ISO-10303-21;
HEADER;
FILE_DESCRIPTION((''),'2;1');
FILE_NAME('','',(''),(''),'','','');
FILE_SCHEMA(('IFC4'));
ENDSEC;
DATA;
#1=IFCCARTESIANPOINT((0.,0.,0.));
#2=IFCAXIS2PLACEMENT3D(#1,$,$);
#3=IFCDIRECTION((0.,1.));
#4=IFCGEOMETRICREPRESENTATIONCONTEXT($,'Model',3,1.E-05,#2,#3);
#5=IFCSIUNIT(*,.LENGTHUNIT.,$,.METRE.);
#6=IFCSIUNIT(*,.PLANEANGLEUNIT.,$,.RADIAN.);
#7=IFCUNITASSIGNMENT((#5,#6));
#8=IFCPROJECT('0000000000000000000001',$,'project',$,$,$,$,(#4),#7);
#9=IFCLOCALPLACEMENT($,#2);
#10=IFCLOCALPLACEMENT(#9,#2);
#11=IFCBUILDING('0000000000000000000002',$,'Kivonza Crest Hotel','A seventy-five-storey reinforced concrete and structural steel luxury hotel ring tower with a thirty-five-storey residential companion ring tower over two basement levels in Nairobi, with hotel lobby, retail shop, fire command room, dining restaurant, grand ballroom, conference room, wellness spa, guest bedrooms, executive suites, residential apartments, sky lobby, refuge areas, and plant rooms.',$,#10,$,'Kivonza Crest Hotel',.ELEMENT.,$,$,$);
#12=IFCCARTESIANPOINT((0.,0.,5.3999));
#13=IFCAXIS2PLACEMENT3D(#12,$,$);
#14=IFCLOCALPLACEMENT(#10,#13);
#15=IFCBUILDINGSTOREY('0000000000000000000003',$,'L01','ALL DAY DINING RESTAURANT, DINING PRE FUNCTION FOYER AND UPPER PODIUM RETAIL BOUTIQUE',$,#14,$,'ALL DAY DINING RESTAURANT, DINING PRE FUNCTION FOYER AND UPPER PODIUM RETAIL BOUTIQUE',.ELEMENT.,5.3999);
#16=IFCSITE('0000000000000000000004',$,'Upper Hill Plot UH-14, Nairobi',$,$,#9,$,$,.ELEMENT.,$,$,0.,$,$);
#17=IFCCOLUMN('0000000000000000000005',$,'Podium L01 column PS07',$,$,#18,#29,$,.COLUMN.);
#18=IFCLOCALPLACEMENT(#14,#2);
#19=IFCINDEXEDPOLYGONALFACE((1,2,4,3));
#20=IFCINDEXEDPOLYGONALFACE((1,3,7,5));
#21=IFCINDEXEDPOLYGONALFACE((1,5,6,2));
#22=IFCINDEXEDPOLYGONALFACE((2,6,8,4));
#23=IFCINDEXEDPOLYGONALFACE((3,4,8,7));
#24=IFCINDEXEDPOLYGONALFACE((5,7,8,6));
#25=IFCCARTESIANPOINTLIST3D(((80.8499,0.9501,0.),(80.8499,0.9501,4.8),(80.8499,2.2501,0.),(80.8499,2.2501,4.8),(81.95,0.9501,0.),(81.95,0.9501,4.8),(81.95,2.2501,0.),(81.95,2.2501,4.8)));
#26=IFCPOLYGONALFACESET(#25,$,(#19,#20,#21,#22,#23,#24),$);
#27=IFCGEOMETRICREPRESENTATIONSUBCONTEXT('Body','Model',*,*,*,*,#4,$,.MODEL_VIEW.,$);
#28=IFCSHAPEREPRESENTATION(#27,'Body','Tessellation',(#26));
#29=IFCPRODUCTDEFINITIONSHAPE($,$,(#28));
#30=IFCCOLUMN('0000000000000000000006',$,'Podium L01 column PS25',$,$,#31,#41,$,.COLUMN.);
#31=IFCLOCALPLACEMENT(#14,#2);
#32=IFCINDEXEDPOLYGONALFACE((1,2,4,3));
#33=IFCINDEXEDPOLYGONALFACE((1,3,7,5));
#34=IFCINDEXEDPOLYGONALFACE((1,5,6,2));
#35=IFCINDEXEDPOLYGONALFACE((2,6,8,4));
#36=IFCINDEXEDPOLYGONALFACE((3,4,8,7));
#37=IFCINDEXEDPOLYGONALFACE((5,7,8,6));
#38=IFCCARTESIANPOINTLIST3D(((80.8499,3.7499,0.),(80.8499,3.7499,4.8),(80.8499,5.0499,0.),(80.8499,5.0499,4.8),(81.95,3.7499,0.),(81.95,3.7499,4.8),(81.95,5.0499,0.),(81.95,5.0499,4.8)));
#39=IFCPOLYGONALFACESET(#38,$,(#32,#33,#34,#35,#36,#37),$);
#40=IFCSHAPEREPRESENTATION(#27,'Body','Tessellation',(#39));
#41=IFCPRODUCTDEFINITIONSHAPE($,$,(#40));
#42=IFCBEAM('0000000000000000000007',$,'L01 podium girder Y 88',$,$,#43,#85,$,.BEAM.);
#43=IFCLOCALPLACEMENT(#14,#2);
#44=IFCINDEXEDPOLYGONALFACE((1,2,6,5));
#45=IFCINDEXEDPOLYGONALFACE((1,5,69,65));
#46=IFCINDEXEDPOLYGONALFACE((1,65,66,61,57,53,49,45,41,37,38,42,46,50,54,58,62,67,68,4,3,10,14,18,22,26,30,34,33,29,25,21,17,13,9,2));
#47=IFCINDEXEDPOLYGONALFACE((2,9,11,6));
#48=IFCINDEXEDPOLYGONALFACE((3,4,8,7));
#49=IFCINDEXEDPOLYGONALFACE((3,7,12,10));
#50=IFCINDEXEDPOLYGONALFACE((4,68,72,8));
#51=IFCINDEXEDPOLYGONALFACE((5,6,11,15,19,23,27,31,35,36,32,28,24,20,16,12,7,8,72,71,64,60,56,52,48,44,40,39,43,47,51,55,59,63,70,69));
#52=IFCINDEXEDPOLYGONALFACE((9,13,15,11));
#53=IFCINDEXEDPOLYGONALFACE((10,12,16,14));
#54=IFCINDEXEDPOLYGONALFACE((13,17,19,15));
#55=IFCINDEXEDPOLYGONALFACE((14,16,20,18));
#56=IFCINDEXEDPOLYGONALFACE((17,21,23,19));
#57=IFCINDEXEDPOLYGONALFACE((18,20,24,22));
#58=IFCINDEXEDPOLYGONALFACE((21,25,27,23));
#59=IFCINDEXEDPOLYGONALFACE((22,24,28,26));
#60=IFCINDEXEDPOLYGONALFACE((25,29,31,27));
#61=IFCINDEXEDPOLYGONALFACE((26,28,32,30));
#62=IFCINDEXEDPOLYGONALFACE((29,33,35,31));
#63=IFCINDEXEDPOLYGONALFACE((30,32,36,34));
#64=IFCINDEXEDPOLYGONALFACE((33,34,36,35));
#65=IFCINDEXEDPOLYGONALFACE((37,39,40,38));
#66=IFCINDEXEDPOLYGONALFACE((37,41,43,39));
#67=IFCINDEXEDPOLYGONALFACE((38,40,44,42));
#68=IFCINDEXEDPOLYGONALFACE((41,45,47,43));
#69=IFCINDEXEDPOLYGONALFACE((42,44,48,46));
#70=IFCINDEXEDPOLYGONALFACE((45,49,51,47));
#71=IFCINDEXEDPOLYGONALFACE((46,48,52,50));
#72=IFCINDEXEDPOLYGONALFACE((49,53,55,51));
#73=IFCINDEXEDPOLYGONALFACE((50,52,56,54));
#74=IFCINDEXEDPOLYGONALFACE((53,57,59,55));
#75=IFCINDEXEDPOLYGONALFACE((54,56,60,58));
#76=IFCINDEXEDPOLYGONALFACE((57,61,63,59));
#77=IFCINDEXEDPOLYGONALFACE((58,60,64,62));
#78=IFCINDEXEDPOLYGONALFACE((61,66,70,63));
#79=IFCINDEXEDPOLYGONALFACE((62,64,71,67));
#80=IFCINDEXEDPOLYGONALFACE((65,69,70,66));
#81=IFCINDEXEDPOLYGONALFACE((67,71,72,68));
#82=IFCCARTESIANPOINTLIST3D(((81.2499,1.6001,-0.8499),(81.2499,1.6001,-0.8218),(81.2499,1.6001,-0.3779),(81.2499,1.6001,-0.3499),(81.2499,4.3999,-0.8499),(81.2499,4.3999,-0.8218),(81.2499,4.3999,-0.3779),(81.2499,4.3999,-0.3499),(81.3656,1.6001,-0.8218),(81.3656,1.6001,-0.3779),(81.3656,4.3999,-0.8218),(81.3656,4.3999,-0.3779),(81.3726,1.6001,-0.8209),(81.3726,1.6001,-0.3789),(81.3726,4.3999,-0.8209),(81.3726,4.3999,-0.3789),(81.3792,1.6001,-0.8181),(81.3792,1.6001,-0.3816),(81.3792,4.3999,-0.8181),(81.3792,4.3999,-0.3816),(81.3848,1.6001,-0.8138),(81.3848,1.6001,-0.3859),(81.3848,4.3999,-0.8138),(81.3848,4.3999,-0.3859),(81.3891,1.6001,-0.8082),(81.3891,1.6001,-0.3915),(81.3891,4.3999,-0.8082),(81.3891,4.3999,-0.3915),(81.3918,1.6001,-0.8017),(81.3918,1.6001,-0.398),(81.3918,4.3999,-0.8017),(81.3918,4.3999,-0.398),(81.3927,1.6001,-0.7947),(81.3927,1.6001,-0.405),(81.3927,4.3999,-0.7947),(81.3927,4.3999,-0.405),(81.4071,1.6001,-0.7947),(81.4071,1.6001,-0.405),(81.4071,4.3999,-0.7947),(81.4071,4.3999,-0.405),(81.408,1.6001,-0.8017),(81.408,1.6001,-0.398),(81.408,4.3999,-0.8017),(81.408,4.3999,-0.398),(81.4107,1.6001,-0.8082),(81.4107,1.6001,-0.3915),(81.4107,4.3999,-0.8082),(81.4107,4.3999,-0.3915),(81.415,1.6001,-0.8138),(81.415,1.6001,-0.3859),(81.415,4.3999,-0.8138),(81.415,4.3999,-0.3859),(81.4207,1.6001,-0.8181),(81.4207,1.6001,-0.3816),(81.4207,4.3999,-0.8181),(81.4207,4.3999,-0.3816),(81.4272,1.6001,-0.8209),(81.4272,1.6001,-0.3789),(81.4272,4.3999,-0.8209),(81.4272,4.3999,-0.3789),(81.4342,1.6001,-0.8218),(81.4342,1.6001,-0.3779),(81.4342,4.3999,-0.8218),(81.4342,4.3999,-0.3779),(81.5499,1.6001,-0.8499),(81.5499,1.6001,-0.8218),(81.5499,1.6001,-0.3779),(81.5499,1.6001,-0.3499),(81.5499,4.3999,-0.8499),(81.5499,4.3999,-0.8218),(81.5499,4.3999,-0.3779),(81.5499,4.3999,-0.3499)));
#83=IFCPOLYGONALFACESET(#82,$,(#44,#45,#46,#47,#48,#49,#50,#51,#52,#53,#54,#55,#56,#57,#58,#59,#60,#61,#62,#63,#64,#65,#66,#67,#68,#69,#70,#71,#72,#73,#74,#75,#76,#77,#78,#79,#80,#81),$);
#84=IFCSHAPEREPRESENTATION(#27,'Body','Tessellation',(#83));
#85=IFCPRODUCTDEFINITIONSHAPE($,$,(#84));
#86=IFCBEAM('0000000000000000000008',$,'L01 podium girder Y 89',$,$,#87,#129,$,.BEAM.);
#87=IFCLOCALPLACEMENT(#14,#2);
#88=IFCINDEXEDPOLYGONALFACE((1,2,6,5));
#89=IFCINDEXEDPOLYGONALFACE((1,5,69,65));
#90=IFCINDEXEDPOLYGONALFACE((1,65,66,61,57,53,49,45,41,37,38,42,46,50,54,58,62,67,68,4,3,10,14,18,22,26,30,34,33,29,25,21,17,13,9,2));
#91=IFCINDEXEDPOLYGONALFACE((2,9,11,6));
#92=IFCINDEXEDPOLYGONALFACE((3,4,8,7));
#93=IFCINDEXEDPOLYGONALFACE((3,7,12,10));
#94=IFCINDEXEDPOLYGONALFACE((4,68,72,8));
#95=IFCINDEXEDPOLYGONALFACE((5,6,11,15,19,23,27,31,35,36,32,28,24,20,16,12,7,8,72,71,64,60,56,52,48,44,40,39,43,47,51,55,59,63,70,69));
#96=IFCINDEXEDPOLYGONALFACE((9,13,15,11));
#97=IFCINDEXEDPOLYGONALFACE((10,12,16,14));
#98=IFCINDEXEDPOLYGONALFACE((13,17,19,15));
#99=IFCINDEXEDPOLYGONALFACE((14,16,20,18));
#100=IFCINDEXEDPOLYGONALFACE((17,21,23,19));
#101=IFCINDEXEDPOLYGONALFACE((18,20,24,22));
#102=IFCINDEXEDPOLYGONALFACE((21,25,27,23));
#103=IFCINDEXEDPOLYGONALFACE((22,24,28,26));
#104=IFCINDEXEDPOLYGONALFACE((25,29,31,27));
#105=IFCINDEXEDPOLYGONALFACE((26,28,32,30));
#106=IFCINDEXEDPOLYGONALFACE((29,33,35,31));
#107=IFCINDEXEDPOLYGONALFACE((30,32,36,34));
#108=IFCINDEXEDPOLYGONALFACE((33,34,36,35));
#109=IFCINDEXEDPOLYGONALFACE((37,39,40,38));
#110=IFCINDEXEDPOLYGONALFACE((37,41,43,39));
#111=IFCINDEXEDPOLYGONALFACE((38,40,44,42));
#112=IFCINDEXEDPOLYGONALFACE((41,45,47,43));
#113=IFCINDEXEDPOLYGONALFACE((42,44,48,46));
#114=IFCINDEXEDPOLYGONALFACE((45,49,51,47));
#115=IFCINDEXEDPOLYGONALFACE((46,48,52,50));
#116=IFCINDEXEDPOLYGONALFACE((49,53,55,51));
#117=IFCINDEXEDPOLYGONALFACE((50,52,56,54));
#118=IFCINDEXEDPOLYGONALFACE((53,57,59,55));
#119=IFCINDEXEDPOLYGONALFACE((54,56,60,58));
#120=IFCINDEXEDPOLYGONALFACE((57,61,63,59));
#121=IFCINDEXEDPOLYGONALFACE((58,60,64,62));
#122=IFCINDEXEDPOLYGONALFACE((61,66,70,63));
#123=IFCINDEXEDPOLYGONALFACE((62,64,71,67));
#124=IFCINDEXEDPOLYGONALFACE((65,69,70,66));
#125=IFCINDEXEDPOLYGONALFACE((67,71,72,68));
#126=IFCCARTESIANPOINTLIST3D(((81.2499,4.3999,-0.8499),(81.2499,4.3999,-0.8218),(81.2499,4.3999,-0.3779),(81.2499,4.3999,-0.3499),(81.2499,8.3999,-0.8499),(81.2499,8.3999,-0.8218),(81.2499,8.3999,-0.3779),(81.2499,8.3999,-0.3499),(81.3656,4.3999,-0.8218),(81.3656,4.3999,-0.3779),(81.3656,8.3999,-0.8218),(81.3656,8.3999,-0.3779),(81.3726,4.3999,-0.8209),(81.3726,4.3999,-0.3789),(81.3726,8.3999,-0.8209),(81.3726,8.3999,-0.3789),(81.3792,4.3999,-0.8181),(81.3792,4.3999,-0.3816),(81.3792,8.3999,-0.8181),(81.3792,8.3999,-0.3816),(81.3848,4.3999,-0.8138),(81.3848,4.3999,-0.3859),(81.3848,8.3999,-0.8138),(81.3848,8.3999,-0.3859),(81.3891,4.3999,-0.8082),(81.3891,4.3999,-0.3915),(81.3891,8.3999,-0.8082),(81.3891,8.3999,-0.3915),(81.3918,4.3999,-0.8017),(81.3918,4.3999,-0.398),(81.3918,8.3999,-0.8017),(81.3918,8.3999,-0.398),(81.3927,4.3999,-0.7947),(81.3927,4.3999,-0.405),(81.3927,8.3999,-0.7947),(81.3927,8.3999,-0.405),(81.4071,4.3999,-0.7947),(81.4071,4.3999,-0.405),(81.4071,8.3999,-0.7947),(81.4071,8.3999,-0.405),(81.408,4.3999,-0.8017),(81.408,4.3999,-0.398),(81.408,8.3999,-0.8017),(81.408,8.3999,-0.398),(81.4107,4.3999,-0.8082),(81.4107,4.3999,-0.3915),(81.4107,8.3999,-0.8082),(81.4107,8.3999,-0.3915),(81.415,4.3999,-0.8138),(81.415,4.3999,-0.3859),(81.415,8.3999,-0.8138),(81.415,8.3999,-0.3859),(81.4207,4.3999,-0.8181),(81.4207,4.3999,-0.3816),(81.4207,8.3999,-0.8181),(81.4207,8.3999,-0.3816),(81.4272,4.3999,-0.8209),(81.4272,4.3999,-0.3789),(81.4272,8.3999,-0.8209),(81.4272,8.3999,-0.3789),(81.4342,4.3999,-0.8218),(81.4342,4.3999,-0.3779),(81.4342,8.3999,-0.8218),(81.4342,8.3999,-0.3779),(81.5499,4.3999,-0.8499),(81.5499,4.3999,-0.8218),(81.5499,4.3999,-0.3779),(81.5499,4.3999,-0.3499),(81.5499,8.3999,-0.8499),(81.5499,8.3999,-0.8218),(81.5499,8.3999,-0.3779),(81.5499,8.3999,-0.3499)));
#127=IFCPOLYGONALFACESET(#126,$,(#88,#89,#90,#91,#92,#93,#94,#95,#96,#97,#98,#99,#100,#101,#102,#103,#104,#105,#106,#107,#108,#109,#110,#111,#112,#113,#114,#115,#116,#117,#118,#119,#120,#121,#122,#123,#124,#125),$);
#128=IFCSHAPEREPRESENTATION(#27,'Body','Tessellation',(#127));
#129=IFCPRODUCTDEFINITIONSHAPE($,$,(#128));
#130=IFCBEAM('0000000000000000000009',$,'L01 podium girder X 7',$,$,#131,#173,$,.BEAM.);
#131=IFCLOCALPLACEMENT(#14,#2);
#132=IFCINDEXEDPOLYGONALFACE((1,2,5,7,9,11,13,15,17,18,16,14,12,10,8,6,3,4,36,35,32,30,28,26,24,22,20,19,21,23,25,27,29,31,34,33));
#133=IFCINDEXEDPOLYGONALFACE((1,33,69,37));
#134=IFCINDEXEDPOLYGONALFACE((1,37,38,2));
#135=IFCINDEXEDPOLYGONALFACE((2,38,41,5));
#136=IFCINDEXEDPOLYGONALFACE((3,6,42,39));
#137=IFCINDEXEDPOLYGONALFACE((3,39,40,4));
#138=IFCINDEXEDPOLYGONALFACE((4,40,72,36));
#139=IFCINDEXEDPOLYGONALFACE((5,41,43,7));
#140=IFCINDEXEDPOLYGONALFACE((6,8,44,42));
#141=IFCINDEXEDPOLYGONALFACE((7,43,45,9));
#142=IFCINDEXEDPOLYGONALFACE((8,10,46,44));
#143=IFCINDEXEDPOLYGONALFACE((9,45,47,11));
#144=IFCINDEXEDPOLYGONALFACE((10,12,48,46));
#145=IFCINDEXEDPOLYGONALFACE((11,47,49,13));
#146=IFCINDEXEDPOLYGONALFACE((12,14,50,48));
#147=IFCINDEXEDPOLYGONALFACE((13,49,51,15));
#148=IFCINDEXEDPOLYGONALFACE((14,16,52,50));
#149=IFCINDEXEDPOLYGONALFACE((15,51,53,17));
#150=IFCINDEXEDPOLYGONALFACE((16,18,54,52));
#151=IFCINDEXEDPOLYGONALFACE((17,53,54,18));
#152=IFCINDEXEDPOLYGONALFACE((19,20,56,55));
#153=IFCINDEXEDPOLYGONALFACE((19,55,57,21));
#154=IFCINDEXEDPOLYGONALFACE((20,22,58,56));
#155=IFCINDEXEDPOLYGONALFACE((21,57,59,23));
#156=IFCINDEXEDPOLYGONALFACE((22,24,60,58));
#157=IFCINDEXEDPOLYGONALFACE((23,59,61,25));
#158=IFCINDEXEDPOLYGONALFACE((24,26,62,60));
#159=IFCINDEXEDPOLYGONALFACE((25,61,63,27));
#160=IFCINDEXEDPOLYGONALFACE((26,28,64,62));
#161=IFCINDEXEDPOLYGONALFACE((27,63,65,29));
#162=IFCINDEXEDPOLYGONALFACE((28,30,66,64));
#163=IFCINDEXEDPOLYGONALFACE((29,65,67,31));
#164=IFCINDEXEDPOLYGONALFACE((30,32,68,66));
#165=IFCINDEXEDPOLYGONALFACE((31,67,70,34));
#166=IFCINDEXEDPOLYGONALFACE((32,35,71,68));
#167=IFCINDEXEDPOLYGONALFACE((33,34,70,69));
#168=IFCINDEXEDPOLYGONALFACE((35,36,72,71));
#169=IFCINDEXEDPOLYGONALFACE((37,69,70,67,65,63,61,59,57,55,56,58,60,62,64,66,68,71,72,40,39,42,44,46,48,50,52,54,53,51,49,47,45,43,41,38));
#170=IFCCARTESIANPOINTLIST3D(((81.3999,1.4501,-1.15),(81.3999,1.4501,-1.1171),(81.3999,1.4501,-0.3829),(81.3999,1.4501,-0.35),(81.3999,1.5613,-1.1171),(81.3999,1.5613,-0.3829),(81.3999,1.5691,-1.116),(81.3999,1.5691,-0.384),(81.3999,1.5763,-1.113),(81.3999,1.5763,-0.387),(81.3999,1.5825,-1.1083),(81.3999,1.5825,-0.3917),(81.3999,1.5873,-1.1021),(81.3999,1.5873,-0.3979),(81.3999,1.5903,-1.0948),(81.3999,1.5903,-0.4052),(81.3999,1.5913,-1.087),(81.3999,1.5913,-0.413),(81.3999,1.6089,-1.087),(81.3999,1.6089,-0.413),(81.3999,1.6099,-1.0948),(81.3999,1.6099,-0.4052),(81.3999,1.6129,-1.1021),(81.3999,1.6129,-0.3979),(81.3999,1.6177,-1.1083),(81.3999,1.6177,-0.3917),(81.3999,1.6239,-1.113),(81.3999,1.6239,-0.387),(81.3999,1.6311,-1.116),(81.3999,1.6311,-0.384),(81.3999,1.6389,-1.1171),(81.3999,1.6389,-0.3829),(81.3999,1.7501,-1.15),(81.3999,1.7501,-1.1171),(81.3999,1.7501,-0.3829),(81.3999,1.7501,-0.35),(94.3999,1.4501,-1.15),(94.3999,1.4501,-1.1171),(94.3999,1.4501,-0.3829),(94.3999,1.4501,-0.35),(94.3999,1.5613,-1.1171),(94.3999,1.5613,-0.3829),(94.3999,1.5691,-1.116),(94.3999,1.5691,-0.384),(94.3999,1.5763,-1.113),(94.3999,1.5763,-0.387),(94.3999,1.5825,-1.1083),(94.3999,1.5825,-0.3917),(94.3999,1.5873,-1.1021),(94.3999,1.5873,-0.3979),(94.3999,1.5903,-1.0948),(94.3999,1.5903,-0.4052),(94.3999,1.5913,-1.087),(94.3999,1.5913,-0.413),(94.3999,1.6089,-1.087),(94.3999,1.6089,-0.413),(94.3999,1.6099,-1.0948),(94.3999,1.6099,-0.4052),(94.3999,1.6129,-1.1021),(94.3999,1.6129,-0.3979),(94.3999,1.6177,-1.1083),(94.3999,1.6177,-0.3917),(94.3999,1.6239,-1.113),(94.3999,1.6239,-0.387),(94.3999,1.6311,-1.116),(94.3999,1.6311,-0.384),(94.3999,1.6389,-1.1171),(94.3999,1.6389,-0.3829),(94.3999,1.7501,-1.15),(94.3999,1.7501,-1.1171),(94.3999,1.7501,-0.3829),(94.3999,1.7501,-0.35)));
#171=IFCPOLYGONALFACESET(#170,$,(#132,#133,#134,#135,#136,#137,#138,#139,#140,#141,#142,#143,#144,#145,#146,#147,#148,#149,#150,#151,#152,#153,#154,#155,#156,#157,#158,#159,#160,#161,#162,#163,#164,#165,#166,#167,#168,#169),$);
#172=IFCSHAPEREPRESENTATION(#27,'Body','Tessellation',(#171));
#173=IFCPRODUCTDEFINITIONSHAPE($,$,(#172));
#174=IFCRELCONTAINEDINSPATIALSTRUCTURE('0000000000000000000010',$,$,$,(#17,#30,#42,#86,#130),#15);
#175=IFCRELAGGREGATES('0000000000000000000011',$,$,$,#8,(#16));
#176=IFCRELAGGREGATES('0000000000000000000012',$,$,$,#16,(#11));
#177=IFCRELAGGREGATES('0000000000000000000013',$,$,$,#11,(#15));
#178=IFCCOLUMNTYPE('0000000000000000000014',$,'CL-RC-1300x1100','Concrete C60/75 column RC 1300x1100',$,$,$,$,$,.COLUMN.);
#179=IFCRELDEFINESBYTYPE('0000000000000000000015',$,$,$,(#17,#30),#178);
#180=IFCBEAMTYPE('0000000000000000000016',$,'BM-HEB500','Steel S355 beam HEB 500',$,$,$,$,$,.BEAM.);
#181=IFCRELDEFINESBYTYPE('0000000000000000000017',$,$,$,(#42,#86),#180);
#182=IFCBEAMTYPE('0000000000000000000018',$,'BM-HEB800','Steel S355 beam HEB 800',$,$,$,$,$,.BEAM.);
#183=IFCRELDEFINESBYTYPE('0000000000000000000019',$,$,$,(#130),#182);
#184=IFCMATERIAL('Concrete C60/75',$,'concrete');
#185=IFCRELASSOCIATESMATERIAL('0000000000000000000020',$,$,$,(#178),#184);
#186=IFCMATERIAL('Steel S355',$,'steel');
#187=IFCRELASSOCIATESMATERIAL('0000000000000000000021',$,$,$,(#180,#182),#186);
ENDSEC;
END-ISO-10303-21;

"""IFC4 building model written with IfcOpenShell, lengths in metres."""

from ifc_helpers import new_model, si_unit, direction, frame, origin, origin_2d, place, context, subcontext, project, spatial, rectangle, i_section, extrude, material, material_profile, profile_set, type_object, element, save


model = new_model("IFC4")

# Units and contexts
model_context = context("Model", 3, precision=1e-05, world=origin(), true_north=direction((0.0, 1.0)))
body_context = subcontext(model_context, "Body", "Model", "MODEL_VIEW")
ifc_project = project(units=[si_unit("LENGTHUNIT", "METRE"), si_unit("PLANEANGLEUNIT", "RADIAN")], contexts=[model_context])

# Site, building, storey
site_placement = place(None, origin())
site = spatial("IfcSite", under=ifc_project, at=site_placement, Name="Upper Hill Plot UH-14, Nairobi", CompositionType="ELEMENT", RefElevation=0.0)
building_placement = place(site_placement, origin())
building = spatial("IfcBuilding", under=site, at=building_placement, Name="Kivonza Crest Hotel", Description="A seventy-five-storey reinforced concrete and structural steel luxury hotel ring tower with a thirty-five-storey residential companion ring tower over two basement levels in Nairobi, with hotel lobby, retail shop, fire command room, dining restaurant, grand ballroom, conference room, wellness spa, guest bedrooms, executive suites, residential apartments, sky lobby, refuge areas, and plant rooms.", LongName="Kivonza Crest Hotel", CompositionType="ELEMENT")
storey_placement = place(building_placement, frame((0.0, 0.0, 5.3999)))
storey = spatial("IfcBuildingStorey", under=building, at=storey_placement, Name="L01", Description="ALL DAY DINING RESTAURANT, DINING PRE FUNCTION FOYER AND UPPER PODIUM RETAIL BOUTIQUE", LongName="ALL DAY DINING RESTAURANT, DINING PRE FUNCTION FOYER AND UPPER PODIUM RETAIL BOUTIQUE", CompositionType="ELEMENT", Elevation=5.3999)

# Columns
ifc_material_1 = material(Name="Concrete C60/75", Category="concrete")
ifc_material_profile_1 = material_profile(ifc_material_1, rectangle(XDim=1.1001, YDim=1.3, at=origin_2d()), Name="RC 1300x1100")
ifc_profile_set_1 = profile_set([ifc_material_profile_1], Name="Concrete C60/75")
column_type = type_object("IfcColumnType", Name="CL-RC-1300x1100", Description="Concrete C60/75 column RC 1300x1100", PredefinedType="COLUMN", material=ifc_profile_set_1)
for number, where, z_axis, x_axis, name in (
    (1, (81.3999, 1.6001, 0.0), (0.0, 0.0, 1.0), (1.0, 0.0, 0.0), "Podium L01 column PS07"),
    (2, (81.3999, 4.3999, 0.0), (0.0, 0.0, 1.0), (1.0, 0.0, 0.0), "Podium L01 column PS25"),
):
    element("IfcColumn", number, at=place(storey_placement, frame(where, z_axis=z_axis, x_axis=x_axis)), inside=storey, type_object=column_type, Name=name, PredefinedType="COLUMN", context=body_context, shape_type="SweptSolid", body=[
        extrude(rectangle(XDim=1.1001, YDim=1.3, at=origin_2d()), origin(), (0.0, 0.0, 1.0), 4.8),
    ])

# Beams
ifc_material_2 = material(Name="Steel S355", Category="steel")
ifc_material_profile_2 = material_profile(ifc_material_2, i_section(OverallWidth=0.3, OverallDepth=0.5, WebThickness=0.0144, FlangeThickness=0.0281, FilletRadius=0.0271, at=origin_2d()), Name="HEB 500")
ifc_profile_set_2 = profile_set([ifc_material_profile_2], Name="Steel S355")
beam_type_1 = type_object("IfcBeamType", Name="BM-HEB500", Description="Steel S355 beam HEB 500", PredefinedType="BEAM", material=ifc_profile_set_2)
beam_1_placement = place(storey_placement, frame((81.3999, 1.6001, -0.5999), z_axis=(0.0, 1.0, 0.0), x_axis=(-1.0, 0.0, 0.0)))
element("IfcBeam", 3, at=beam_1_placement, inside=storey, type_object=beam_type_1, Name="L01 podium girder Y 88", PredefinedType="BEAM", context=body_context, shape_type="SweptSolid", body=[
    extrude(i_section(OverallWidth=0.3, OverallDepth=0.5, WebThickness=0.0144, FlangeThickness=0.0281, FilletRadius=0.0271, at=origin_2d()), origin(), (0.0, 0.0, 1.0), 2.7998),
])
beam_2_placement = place(storey_placement, frame((81.3999, 4.3999, -0.5999), z_axis=(0.0, 1.0, 0.0), x_axis=(-1.0, 0.0, 0.0)))
element("IfcBeam", 4, at=beam_2_placement, inside=storey, type_object=beam_type_1, Name="L01 podium girder Y 89", PredefinedType="BEAM", context=body_context, shape_type="SweptSolid", body=[
    extrude(i_section(OverallWidth=0.3, OverallDepth=0.5, WebThickness=0.0144, FlangeThickness=0.0281, FilletRadius=0.0271, at=origin_2d()), origin(), (0.0, 0.0, 1.0), 4.0),
])
ifc_material_profile_3 = material_profile(ifc_material_2, i_section(OverallWidth=0.3, OverallDepth=0.8, WebThickness=0.0176, FlangeThickness=0.033, FilletRadius=0.03, at=origin_2d()), Name="HEB 800")
ifc_profile_set_3 = profile_set([ifc_material_profile_3], Name="Steel S355")
beam_type_2 = type_object("IfcBeamType", Name="BM-HEB800", Description="Steel S355 beam HEB 800", PredefinedType="BEAM", material=ifc_profile_set_3)
for number, where, z_axis, x_axis, name in (
    (5, (81.3999, 1.6001, -0.75), (1.0, 0.0, 0.0), (0.0, 1.0, 0.0), "L01 podium girder X 7"),
):
    element("IfcBeam", number, at=place(storey_placement, frame(where, z_axis=z_axis, x_axis=x_axis)), inside=storey, type_object=beam_type_2, Name=name, PredefinedType="BEAM", context=body_context, shape_type="SweptSolid", body=[
        extrude(i_section(OverallWidth=0.3, OverallDepth=0.8, WebThickness=0.0176, FlangeThickness=0.033, FilletRadius=0.03, at=origin_2d()), origin(), (0.0, 0.0, 1.0), 13.0),
    ])

save(model, "model.ifc")
